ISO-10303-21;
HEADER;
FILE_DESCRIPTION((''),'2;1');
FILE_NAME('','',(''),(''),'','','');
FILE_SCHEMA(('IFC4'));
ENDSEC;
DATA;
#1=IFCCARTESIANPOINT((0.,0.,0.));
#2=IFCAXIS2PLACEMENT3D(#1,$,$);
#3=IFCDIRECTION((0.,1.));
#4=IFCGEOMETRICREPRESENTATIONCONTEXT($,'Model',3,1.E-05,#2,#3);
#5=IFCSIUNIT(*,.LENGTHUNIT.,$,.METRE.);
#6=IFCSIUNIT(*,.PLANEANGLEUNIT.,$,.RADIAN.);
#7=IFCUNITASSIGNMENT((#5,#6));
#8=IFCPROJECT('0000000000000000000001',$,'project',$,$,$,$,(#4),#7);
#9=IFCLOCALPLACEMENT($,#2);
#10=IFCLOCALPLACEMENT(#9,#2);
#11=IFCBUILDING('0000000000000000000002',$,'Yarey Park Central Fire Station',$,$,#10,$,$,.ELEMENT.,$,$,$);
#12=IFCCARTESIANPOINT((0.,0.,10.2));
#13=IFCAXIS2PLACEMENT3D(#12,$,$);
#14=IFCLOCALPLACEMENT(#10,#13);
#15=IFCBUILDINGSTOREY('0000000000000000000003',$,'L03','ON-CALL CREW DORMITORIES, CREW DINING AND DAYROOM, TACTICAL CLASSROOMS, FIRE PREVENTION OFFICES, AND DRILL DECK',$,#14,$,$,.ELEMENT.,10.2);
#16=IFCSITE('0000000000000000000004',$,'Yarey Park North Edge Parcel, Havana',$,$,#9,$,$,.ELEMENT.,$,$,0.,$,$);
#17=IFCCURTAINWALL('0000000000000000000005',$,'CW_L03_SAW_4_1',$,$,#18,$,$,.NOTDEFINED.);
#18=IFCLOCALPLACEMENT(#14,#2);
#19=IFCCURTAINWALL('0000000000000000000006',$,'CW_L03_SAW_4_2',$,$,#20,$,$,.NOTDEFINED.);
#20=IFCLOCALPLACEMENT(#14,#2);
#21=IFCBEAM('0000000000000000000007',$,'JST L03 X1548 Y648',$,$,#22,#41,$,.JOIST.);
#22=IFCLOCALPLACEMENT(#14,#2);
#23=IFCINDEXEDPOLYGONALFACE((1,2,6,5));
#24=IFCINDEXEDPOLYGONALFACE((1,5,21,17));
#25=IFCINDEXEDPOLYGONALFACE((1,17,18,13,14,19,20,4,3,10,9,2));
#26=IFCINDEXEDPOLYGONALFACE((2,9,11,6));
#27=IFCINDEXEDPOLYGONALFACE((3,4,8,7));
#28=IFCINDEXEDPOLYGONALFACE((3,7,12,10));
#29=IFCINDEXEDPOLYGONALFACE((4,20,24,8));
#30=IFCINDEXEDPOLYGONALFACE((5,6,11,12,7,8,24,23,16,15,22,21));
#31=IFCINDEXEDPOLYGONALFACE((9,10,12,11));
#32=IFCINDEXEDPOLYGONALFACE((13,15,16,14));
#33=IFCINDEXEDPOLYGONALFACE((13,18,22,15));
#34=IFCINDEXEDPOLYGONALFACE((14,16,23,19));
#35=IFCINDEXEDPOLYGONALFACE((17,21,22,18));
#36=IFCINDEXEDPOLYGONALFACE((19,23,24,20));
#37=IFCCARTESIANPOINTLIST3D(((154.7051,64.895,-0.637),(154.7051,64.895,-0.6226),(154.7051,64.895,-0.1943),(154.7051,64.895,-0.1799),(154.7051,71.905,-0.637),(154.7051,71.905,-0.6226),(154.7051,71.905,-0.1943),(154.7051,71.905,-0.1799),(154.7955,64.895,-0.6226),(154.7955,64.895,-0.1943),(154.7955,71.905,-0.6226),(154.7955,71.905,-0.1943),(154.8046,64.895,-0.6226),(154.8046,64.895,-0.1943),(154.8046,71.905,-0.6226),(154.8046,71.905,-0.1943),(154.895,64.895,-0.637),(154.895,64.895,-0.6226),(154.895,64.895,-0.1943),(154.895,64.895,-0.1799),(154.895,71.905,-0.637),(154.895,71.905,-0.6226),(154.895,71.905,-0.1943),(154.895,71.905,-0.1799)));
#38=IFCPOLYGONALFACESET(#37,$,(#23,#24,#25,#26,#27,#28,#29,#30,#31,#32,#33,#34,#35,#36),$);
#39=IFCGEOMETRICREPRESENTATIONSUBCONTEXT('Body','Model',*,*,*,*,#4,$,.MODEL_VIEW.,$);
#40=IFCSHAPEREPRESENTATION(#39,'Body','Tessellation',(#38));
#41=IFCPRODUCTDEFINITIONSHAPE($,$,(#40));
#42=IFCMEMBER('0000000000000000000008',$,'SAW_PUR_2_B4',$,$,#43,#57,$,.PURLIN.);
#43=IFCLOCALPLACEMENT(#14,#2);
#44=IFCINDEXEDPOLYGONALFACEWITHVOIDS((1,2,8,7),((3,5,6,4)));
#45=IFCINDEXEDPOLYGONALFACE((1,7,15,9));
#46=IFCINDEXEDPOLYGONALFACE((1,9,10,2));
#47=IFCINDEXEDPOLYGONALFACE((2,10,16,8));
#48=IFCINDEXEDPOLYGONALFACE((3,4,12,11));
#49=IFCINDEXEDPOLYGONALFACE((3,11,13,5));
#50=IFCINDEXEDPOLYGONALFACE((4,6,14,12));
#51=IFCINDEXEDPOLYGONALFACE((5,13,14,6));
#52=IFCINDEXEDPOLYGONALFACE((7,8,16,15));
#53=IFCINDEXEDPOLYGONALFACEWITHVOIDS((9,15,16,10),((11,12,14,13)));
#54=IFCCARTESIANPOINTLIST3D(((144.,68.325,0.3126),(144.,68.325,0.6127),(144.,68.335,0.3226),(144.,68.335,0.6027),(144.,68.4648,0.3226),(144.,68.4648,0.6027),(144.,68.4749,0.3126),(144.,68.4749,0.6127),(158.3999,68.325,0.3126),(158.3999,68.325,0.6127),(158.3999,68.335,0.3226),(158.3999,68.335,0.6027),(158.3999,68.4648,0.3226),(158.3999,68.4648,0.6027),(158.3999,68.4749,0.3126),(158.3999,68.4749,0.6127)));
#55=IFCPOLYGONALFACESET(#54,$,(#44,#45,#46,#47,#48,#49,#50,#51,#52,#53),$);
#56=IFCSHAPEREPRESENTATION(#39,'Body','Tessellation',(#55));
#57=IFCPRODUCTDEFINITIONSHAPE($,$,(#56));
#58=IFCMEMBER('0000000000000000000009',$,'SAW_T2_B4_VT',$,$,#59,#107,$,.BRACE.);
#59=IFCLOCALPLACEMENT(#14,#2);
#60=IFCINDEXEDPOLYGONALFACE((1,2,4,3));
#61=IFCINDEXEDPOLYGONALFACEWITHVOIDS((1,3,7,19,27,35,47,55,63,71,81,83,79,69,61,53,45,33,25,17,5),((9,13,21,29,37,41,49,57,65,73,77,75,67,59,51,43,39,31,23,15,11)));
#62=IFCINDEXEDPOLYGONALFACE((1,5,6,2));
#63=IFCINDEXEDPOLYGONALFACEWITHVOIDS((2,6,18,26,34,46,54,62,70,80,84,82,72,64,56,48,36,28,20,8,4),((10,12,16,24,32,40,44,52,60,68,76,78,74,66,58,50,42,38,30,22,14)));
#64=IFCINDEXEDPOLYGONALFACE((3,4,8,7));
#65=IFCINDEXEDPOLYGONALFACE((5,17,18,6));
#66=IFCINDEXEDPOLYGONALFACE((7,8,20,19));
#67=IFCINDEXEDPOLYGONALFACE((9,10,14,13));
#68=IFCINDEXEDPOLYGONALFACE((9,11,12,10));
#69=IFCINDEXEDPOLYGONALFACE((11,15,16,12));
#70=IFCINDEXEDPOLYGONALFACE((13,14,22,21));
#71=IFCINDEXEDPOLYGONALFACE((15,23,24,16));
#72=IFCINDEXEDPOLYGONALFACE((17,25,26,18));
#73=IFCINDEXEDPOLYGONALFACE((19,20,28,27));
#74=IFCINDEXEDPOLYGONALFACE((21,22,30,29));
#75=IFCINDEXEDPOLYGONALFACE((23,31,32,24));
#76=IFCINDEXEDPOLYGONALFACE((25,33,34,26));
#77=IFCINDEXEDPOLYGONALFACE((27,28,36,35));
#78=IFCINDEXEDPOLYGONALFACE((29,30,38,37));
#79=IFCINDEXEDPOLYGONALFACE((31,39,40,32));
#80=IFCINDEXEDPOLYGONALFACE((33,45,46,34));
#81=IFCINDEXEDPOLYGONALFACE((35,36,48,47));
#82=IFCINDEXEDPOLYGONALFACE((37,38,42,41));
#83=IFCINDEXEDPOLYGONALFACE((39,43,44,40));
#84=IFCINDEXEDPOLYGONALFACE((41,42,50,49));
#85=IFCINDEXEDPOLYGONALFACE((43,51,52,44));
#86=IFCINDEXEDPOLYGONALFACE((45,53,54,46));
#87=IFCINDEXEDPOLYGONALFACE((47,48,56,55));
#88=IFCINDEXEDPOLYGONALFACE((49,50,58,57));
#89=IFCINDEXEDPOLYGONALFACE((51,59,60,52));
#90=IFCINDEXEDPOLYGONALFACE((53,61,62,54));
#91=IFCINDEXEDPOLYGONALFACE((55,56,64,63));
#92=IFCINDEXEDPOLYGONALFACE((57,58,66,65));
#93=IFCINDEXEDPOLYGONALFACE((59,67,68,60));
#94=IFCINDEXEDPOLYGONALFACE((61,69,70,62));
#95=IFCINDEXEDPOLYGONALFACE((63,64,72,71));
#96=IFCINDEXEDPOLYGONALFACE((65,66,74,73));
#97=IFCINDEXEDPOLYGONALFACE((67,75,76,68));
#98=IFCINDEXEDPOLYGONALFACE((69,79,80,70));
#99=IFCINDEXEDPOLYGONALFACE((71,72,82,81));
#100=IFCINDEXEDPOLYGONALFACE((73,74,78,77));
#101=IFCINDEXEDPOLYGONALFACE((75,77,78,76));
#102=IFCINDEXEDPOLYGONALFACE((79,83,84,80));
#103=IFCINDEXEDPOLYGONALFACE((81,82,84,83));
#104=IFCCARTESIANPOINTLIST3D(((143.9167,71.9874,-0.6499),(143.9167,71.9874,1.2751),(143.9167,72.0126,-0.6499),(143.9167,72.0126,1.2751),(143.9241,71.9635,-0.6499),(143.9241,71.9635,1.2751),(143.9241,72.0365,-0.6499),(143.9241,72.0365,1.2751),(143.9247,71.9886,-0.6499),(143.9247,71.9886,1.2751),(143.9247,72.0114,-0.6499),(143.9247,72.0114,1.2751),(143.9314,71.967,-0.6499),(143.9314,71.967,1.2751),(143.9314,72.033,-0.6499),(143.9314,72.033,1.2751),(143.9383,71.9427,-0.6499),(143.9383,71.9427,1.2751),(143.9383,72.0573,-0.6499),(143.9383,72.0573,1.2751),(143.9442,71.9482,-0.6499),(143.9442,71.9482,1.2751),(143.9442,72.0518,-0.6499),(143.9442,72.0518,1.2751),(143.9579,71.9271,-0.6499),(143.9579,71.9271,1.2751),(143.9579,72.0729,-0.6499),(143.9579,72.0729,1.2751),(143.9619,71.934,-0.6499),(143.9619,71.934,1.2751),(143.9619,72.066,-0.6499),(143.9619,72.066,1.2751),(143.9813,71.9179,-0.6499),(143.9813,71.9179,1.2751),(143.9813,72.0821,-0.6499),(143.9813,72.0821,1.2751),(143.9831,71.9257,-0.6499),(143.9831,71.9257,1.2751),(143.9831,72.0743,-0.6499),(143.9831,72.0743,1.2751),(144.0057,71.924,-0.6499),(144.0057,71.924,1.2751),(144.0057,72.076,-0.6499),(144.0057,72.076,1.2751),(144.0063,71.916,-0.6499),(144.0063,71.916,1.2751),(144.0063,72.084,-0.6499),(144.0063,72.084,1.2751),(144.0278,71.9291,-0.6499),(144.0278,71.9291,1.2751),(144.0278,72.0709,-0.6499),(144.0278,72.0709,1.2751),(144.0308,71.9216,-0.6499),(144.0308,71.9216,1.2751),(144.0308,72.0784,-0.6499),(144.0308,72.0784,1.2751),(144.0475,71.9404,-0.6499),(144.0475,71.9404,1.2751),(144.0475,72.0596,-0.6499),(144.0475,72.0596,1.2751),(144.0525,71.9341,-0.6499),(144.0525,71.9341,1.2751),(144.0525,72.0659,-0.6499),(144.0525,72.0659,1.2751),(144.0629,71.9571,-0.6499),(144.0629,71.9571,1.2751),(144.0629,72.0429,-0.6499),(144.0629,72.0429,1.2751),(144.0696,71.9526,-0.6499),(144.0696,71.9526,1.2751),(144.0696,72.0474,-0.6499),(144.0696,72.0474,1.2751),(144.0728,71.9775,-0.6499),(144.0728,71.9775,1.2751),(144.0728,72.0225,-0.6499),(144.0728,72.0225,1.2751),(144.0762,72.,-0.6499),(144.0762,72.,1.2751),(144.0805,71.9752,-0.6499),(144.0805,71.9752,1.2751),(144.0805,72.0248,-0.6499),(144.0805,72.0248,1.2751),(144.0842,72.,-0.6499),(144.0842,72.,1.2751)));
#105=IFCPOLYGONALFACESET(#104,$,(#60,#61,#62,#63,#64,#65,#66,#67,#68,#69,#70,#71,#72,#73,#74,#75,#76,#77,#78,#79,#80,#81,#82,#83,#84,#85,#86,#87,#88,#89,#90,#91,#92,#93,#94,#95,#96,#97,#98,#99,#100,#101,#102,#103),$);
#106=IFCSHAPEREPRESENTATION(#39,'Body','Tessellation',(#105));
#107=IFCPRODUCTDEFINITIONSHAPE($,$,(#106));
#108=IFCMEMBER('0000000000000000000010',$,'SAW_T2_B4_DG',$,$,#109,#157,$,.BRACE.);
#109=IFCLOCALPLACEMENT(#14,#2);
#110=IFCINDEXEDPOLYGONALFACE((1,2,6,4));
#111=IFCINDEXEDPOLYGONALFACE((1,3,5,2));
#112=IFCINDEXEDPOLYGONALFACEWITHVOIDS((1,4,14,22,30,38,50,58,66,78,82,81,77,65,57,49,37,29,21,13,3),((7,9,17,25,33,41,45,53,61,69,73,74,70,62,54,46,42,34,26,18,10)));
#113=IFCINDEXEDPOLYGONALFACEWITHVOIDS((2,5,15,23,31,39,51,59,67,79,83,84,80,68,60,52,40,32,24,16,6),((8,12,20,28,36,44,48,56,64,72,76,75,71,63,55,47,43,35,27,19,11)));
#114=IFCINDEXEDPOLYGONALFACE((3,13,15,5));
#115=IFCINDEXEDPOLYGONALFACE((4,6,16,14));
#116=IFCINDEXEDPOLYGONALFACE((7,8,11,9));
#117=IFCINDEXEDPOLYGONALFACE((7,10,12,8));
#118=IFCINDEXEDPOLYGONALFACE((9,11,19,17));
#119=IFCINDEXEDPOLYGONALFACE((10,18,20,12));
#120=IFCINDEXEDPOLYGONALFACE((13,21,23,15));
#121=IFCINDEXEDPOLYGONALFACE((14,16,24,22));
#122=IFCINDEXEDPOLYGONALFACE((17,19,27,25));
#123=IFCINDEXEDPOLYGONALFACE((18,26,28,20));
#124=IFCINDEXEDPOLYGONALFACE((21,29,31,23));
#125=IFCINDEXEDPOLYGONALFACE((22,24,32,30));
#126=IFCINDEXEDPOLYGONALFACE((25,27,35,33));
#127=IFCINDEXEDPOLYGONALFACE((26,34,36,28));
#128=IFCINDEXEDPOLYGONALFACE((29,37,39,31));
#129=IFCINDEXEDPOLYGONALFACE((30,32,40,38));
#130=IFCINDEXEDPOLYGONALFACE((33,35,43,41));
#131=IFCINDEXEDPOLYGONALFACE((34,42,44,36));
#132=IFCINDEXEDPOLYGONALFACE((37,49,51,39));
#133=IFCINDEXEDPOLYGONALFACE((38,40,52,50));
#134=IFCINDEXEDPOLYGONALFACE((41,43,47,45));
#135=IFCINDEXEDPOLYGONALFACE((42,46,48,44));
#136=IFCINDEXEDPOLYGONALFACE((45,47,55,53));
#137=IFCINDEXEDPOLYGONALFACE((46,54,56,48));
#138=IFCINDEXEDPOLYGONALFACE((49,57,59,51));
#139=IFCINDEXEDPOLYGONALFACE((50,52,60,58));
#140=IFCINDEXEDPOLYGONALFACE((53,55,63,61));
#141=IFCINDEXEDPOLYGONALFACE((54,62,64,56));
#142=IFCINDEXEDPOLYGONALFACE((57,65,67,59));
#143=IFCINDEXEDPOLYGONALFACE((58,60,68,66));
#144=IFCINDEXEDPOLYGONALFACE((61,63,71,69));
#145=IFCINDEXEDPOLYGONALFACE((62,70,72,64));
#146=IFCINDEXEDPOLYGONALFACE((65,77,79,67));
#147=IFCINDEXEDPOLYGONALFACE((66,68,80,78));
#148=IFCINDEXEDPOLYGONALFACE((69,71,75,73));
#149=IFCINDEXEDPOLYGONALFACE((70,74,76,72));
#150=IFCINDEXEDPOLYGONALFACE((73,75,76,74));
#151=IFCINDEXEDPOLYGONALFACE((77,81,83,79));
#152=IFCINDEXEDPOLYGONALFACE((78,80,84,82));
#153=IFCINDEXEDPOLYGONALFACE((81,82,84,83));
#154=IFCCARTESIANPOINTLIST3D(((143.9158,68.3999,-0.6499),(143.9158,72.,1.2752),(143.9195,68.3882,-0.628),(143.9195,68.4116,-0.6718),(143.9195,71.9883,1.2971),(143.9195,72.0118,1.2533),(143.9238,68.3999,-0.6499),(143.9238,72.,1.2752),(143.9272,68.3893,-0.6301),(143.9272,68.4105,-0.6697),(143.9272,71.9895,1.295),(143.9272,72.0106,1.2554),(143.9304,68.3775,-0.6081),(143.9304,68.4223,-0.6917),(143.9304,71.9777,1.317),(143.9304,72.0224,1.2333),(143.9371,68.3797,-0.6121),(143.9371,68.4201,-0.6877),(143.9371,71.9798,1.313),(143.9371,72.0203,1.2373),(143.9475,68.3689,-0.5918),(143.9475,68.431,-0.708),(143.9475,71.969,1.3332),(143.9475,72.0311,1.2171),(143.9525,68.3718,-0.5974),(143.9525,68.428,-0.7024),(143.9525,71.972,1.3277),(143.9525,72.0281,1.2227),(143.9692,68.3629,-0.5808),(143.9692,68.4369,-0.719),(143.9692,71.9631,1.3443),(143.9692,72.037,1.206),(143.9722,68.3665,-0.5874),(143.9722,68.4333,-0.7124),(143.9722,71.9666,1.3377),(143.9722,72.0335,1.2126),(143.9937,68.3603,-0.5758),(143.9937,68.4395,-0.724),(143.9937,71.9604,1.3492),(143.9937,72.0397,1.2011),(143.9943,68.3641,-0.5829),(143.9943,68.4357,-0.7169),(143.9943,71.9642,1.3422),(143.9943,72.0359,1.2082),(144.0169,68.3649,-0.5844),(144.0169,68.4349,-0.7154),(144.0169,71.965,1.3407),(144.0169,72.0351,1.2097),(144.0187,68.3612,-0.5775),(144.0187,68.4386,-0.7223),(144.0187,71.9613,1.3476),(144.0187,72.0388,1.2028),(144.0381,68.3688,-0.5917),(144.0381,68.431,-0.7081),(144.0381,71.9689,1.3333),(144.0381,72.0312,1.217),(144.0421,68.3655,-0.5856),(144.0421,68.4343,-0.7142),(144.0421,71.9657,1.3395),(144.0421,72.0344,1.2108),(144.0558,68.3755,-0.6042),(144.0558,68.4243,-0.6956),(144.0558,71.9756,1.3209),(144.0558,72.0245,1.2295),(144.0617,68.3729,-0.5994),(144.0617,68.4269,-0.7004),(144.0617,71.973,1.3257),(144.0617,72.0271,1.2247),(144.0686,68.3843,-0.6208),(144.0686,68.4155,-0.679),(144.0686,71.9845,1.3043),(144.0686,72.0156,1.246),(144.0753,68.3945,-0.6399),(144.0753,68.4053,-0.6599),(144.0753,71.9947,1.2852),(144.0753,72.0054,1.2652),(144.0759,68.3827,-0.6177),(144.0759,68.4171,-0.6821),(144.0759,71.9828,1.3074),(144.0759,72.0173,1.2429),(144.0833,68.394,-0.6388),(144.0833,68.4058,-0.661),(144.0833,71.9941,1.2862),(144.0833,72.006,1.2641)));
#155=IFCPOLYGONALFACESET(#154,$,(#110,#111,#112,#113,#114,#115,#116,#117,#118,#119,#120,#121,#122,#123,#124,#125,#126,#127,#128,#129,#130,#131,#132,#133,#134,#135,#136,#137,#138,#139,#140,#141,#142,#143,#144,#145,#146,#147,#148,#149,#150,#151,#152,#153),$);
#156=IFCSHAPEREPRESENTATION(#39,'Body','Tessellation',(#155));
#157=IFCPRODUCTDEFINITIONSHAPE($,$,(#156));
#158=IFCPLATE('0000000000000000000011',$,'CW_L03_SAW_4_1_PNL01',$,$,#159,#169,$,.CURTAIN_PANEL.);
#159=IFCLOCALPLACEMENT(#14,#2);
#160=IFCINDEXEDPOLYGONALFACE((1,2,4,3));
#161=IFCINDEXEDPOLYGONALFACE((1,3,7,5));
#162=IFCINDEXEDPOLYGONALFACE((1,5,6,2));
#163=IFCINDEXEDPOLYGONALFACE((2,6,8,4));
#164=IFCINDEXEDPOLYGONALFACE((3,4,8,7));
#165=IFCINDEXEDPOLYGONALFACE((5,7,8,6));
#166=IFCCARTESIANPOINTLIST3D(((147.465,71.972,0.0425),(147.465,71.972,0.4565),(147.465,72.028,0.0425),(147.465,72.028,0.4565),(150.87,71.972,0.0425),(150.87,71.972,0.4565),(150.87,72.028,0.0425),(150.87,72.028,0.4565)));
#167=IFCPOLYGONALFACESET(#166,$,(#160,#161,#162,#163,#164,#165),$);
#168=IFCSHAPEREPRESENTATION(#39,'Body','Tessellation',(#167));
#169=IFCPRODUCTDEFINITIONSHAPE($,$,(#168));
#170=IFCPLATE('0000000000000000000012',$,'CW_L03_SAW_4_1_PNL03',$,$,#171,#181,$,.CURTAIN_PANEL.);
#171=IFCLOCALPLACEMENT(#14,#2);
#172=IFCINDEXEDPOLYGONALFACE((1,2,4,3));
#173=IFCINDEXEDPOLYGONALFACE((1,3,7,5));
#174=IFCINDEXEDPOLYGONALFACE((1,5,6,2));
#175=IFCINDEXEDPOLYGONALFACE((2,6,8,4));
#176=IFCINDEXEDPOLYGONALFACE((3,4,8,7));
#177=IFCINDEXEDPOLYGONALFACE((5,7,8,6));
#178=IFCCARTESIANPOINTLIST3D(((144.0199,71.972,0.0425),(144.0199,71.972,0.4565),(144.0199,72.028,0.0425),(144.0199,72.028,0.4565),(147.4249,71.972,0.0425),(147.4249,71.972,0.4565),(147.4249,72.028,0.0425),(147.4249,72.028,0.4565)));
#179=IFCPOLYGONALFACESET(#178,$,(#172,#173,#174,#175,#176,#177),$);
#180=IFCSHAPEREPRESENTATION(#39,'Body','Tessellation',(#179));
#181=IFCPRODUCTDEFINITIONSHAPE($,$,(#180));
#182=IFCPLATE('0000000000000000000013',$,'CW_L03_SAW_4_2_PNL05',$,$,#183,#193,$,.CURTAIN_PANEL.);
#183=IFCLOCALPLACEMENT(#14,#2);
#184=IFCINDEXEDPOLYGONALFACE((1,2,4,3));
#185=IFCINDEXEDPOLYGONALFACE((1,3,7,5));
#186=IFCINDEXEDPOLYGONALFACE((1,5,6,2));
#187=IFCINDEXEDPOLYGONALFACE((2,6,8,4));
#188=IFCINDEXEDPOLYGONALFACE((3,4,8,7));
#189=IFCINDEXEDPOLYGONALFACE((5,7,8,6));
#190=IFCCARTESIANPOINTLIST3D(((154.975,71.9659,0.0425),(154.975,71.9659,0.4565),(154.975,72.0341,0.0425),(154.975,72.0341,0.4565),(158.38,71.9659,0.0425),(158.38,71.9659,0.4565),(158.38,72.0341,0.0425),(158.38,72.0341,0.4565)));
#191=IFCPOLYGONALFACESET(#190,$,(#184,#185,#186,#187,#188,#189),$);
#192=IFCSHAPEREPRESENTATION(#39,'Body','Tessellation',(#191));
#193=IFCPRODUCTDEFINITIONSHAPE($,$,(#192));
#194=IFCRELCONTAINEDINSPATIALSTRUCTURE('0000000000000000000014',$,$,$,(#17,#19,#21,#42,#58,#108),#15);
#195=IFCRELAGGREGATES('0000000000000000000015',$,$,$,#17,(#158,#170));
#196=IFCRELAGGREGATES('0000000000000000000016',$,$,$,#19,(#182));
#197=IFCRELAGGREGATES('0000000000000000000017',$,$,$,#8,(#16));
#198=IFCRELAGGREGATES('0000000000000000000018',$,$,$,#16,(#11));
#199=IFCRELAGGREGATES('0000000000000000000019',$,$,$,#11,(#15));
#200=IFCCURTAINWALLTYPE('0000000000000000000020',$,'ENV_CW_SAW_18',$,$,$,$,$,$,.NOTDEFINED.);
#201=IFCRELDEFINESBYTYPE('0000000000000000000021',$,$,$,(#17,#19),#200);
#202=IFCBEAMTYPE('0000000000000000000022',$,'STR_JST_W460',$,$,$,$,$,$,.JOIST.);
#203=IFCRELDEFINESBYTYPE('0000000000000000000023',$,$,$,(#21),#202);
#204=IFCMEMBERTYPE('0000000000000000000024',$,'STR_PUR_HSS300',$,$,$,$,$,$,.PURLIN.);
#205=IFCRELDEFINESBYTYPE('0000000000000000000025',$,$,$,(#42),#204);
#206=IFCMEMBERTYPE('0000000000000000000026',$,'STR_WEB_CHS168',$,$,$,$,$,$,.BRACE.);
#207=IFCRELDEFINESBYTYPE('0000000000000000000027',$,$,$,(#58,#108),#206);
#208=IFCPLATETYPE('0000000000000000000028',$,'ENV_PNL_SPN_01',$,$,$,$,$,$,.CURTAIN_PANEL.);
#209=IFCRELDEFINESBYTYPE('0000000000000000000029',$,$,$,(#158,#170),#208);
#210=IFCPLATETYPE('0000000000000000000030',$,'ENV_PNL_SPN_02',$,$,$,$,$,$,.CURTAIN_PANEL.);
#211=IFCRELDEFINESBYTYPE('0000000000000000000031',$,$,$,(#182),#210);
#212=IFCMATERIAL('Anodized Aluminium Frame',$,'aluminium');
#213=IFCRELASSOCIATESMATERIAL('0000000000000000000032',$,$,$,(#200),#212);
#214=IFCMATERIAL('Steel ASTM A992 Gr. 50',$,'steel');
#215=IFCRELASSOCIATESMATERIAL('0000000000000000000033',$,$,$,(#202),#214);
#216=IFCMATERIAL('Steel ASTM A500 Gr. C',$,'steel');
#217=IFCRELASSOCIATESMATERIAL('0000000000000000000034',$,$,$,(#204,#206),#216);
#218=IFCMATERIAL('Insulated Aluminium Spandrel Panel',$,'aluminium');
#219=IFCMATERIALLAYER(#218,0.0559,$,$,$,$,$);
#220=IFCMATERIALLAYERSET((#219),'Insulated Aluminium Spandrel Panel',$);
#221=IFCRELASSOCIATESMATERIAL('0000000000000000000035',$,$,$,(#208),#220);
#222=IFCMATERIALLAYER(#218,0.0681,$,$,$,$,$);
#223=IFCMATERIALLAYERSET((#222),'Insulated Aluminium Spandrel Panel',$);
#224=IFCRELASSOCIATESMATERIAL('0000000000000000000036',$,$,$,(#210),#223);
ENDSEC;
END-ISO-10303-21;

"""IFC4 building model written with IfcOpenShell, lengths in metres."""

from ifc_helpers import new_model, si_unit, direction, frame, origin, origin_2d, place, context, subcontext, project, spatial, rectangle, hollow_rectangle, hollow_circle, i_section, extrude, material, layer, layer_set, material_profile, profile_set, type_object, element, aggregate, save


model = new_model("IFC4")

# Units and contexts
model_context = context("Model", 3, precision=1e-05, world=origin(), true_north=direction((0.0, 1.0)))
body_context = subcontext(model_context, "Body", "Model", "MODEL_VIEW")
ifc_project = project(units=[si_unit("LENGTHUNIT", "METRE"), si_unit("PLANEANGLEUNIT", "RADIAN")], contexts=[model_context])

# Site, building, storey
site_placement = place(None, origin())
site = spatial("IfcSite", under=ifc_project, at=site_placement, Name="Yarey Park North Edge Parcel, Havana", CompositionType="ELEMENT", RefElevation=0.0)
building_placement = place(site_placement, origin())
building = spatial("IfcBuilding", under=site, at=building_placement, Name="Yarey Park Central Fire Station", CompositionType="ELEMENT")
storey_placement = place(building_placement, frame((0.0, 0.0, 10.2)))
storey = spatial("IfcBuildingStorey", under=building, at=storey_placement, Name="L03", Description="ON-CALL CREW DORMITORIES, CREW DINING AND DAYROOM, TACTICAL CLASSROOMS, FIRE PREVENTION OFFICES, AND DRILL DECK", CompositionType="ELEMENT", Elevation=10.2)

# Curtain walls
ifc_material_1 = material(Name="Anodized Aluminium Frame", Category="aluminium")
curtain_wall_type = type_object("IfcCurtainWallType", Name="ENV_CW_SAW_18", PredefinedType="NOTDEFINED", material=ifc_material_1)
curtain_wall_1_placement = place(storey_placement, origin())
curtain_wall_1 = element("IfcCurtainWall", 1, at=curtain_wall_1_placement, inside=storey, type_object=curtain_wall_type, Name="CW_L03_SAW_4_1", PredefinedType="NOTDEFINED")
curtain_wall_2_placement = place(storey_placement, origin())
curtain_wall_2 = element("IfcCurtainWall", 2, at=curtain_wall_2_placement, inside=storey, type_object=curtain_wall_type, Name="CW_L03_SAW_4_2", PredefinedType="NOTDEFINED")

# Shared definitions
ifc_material_2 = material(Name="Steel ASTM A992 Gr. 50", Category="steel")

# Shared definitions
ifc_material_3 = material(Name="Steel ASTM A500 Gr. C", Category="steel")

# Beam
ifc_material_profile_1 = material_profile(ifc_material_2, i_section(OverallWidth=0.1899, OverallDepth=0.457, WebThickness=0.009, FlangeThickness=0.0144, at=origin_2d()), Name="W460x74")
ifc_profile_set_1 = profile_set([ifc_material_profile_1], Name="Steel ASTM A992 Gr. 50")
beam_type_1 = type_object("IfcBeamType", Name="STR_JST_W460", PredefinedType="JOIST", material=ifc_profile_set_1)
for number, where, z_axis, x_axis, name in (
    (3, (154.8, 64.895, -0.4084), (0.0, 1.0, 0.0), (-1.0, 0.0, 0.0), "JST L03 X1548 Y648"),
):
    element("IfcBeam", number, at=place(storey_placement, frame(where, z_axis=z_axis, x_axis=x_axis)), inside=storey, type_object=beam_type_1, Name=name, PredefinedType="JOIST", context=body_context, shape_type="SweptSolid", body=[
        extrude(i_section(OverallWidth=0.1899, OverallDepth=0.457, WebThickness=0.009, FlangeThickness=0.0144, at=origin_2d()), origin(), (0.0, 0.0, 1.0), 7.01),
    ])

# Members
ifc_material_profile_2 = material_profile(ifc_material_3, hollow_rectangle(XDim=0.1499, YDim=0.3, WallThickness=0.01, at=origin_2d()), Name="HSS 300x150x10")
ifc_profile_set_2 = profile_set([ifc_material_profile_2], Name="Steel ASTM A500 Gr. C")
member_type_1 = type_object("IfcMemberType", Name="STR_PUR_HSS300", PredefinedType="PURLIN", material=ifc_profile_set_2)
member_1_placement = place(storey_placement, frame((144.0, 68.3999, 0.4626), z_axis=(1.0, 0.0, 0.0), x_axis=(0.0, 1.0, 0.0)))
element("IfcMember", 4, at=member_1_placement, inside=storey, type_object=member_type_1, Name="SAW_PUR_2_B4", PredefinedType="PURLIN", context=body_context, shape_type="SweptSolid", body=[
    extrude(hollow_rectangle(XDim=0.1499, YDim=0.3, WallThickness=0.01, at=origin_2d()), origin(), (0.0, 0.0, 1.0), 14.3999),
])
ifc_material_profile_3 = material_profile(ifc_material_3, hollow_circle(Radius=0.0842, WallThickness=0.0081, at=origin_2d()), Name="CHS 168.3x8")
ifc_profile_set_3 = profile_set([ifc_material_profile_3], Name="Steel ASTM A500 Gr. C")
member_type_2 = type_object("IfcMemberType", Name="STR_WEB_CHS168", PredefinedType="BRACE", material=ifc_profile_set_3)
member_2_placement = place(storey_placement, frame((144.0, 72.0, -0.6499), z_axis=(0.0, 0.0, 1.0), x_axis=(1.0, 0.0, 0.0)))
element("IfcMember", 5, at=member_2_placement, inside=storey, type_object=member_type_2, Name="SAW_T2_B4_VT", PredefinedType="BRACE", context=body_context, shape_type="SweptSolid", body=[
    extrude(hollow_circle(Radius=0.0842, WallThickness=0.0081, at=origin_2d()), origin(), (0.0, 0.0, 1.0), 1.925),
])
member_3_placement = place(storey_placement, frame((144.0, 68.3999, -0.6499), z_axis=(0.0, 0.881844, 0.471541), x_axis=(-1.0, 0.0, 0.0)))
element("IfcMember", 6, at=member_3_placement, inside=storey, type_object=member_type_2, Name="SAW_T2_B4_DG", PredefinedType="BRACE", context=body_context, shape_type="SweptSolid", body=[
    extrude(hollow_circle(Radius=0.0842, WallThickness=0.0081, at=origin_2d()), origin(), (0.0, 0.0, 1.0), 4.0825),
])

# Plates
ifc_material_4 = material(Name="Insulated Aluminium Spandrel Panel", Category="aluminium")
ifc_layer_1 = layer(ifc_material_4, 0.0559)
ifc_layer_set_1 = layer_set([ifc_layer_1], Name="Insulated Aluminium Spandrel Panel")
plate_type_1 = type_object("IfcPlateType", Name="ENV_PNL_SPN_01", PredefinedType="CURTAIN_PANEL", material=ifc_layer_set_1)
plate_1_placement = place(storey_placement, frame((149.1675, 72.0, 0.0425), z_axis=(0.0, 0.0, 1.0), x_axis=(-1.0, 0.0, 0.0)))
plate_1 = element("IfcPlate", 7, at=plate_1_placement, type_object=plate_type_1, Name="CW_L03_SAW_4_1_PNL01", PredefinedType="CURTAIN_PANEL", context=body_context, shape_type="SweptSolid", body=[
    extrude(rectangle(XDim=3.405, YDim=0.0559, at=origin_2d()), origin(), (0.0, 0.0, 1.0), 0.4141),
])
plate_2_placement = place(storey_placement, frame((145.7224, 72.0, 0.0425), z_axis=(0.0, 0.0, 1.0), x_axis=(-1.0, 0.0, 0.0)))
plate_2 = element("IfcPlate", 8, at=plate_2_placement, type_object=plate_type_1, Name="CW_L03_SAW_4_1_PNL03", PredefinedType="CURTAIN_PANEL", context=body_context, shape_type="SweptSolid", body=[
    extrude(rectangle(XDim=3.405, YDim=0.0559, at=origin_2d()), origin(), (0.0, 0.0, 1.0), 0.4141),
])
ifc_layer_2 = layer(ifc_material_4, 0.0681)
ifc_layer_set_2 = layer_set([ifc_layer_2], Name="Insulated Aluminium Spandrel Panel")
plate_type_2 = type_object("IfcPlateType", Name="ENV_PNL_SPN_02", PredefinedType="CURTAIN_PANEL", material=ifc_layer_set_2)
plate_3_placement = place(storey_placement, frame((156.6775, 72.0, 0.0425), z_axis=(0.0, 0.0, 1.0), x_axis=(-1.0, 0.0, 0.0)))
plate_3 = element("IfcPlate", 9, at=plate_3_placement, type_object=plate_type_2, Name="CW_L03_SAW_4_2_PNL05", PredefinedType="CURTAIN_PANEL", context=body_context, shape_type="SweptSolid", body=[
    extrude(rectangle(XDim=3.405, YDim=0.0681, at=origin_2d()), origin(), (0.0, 0.0, 1.0), 0.4141),
])
aggregate(curtain_wall_1, [plate_1, plate_2])
aggregate(curtain_wall_2, [plate_3])

save(model, "model.ifc")
